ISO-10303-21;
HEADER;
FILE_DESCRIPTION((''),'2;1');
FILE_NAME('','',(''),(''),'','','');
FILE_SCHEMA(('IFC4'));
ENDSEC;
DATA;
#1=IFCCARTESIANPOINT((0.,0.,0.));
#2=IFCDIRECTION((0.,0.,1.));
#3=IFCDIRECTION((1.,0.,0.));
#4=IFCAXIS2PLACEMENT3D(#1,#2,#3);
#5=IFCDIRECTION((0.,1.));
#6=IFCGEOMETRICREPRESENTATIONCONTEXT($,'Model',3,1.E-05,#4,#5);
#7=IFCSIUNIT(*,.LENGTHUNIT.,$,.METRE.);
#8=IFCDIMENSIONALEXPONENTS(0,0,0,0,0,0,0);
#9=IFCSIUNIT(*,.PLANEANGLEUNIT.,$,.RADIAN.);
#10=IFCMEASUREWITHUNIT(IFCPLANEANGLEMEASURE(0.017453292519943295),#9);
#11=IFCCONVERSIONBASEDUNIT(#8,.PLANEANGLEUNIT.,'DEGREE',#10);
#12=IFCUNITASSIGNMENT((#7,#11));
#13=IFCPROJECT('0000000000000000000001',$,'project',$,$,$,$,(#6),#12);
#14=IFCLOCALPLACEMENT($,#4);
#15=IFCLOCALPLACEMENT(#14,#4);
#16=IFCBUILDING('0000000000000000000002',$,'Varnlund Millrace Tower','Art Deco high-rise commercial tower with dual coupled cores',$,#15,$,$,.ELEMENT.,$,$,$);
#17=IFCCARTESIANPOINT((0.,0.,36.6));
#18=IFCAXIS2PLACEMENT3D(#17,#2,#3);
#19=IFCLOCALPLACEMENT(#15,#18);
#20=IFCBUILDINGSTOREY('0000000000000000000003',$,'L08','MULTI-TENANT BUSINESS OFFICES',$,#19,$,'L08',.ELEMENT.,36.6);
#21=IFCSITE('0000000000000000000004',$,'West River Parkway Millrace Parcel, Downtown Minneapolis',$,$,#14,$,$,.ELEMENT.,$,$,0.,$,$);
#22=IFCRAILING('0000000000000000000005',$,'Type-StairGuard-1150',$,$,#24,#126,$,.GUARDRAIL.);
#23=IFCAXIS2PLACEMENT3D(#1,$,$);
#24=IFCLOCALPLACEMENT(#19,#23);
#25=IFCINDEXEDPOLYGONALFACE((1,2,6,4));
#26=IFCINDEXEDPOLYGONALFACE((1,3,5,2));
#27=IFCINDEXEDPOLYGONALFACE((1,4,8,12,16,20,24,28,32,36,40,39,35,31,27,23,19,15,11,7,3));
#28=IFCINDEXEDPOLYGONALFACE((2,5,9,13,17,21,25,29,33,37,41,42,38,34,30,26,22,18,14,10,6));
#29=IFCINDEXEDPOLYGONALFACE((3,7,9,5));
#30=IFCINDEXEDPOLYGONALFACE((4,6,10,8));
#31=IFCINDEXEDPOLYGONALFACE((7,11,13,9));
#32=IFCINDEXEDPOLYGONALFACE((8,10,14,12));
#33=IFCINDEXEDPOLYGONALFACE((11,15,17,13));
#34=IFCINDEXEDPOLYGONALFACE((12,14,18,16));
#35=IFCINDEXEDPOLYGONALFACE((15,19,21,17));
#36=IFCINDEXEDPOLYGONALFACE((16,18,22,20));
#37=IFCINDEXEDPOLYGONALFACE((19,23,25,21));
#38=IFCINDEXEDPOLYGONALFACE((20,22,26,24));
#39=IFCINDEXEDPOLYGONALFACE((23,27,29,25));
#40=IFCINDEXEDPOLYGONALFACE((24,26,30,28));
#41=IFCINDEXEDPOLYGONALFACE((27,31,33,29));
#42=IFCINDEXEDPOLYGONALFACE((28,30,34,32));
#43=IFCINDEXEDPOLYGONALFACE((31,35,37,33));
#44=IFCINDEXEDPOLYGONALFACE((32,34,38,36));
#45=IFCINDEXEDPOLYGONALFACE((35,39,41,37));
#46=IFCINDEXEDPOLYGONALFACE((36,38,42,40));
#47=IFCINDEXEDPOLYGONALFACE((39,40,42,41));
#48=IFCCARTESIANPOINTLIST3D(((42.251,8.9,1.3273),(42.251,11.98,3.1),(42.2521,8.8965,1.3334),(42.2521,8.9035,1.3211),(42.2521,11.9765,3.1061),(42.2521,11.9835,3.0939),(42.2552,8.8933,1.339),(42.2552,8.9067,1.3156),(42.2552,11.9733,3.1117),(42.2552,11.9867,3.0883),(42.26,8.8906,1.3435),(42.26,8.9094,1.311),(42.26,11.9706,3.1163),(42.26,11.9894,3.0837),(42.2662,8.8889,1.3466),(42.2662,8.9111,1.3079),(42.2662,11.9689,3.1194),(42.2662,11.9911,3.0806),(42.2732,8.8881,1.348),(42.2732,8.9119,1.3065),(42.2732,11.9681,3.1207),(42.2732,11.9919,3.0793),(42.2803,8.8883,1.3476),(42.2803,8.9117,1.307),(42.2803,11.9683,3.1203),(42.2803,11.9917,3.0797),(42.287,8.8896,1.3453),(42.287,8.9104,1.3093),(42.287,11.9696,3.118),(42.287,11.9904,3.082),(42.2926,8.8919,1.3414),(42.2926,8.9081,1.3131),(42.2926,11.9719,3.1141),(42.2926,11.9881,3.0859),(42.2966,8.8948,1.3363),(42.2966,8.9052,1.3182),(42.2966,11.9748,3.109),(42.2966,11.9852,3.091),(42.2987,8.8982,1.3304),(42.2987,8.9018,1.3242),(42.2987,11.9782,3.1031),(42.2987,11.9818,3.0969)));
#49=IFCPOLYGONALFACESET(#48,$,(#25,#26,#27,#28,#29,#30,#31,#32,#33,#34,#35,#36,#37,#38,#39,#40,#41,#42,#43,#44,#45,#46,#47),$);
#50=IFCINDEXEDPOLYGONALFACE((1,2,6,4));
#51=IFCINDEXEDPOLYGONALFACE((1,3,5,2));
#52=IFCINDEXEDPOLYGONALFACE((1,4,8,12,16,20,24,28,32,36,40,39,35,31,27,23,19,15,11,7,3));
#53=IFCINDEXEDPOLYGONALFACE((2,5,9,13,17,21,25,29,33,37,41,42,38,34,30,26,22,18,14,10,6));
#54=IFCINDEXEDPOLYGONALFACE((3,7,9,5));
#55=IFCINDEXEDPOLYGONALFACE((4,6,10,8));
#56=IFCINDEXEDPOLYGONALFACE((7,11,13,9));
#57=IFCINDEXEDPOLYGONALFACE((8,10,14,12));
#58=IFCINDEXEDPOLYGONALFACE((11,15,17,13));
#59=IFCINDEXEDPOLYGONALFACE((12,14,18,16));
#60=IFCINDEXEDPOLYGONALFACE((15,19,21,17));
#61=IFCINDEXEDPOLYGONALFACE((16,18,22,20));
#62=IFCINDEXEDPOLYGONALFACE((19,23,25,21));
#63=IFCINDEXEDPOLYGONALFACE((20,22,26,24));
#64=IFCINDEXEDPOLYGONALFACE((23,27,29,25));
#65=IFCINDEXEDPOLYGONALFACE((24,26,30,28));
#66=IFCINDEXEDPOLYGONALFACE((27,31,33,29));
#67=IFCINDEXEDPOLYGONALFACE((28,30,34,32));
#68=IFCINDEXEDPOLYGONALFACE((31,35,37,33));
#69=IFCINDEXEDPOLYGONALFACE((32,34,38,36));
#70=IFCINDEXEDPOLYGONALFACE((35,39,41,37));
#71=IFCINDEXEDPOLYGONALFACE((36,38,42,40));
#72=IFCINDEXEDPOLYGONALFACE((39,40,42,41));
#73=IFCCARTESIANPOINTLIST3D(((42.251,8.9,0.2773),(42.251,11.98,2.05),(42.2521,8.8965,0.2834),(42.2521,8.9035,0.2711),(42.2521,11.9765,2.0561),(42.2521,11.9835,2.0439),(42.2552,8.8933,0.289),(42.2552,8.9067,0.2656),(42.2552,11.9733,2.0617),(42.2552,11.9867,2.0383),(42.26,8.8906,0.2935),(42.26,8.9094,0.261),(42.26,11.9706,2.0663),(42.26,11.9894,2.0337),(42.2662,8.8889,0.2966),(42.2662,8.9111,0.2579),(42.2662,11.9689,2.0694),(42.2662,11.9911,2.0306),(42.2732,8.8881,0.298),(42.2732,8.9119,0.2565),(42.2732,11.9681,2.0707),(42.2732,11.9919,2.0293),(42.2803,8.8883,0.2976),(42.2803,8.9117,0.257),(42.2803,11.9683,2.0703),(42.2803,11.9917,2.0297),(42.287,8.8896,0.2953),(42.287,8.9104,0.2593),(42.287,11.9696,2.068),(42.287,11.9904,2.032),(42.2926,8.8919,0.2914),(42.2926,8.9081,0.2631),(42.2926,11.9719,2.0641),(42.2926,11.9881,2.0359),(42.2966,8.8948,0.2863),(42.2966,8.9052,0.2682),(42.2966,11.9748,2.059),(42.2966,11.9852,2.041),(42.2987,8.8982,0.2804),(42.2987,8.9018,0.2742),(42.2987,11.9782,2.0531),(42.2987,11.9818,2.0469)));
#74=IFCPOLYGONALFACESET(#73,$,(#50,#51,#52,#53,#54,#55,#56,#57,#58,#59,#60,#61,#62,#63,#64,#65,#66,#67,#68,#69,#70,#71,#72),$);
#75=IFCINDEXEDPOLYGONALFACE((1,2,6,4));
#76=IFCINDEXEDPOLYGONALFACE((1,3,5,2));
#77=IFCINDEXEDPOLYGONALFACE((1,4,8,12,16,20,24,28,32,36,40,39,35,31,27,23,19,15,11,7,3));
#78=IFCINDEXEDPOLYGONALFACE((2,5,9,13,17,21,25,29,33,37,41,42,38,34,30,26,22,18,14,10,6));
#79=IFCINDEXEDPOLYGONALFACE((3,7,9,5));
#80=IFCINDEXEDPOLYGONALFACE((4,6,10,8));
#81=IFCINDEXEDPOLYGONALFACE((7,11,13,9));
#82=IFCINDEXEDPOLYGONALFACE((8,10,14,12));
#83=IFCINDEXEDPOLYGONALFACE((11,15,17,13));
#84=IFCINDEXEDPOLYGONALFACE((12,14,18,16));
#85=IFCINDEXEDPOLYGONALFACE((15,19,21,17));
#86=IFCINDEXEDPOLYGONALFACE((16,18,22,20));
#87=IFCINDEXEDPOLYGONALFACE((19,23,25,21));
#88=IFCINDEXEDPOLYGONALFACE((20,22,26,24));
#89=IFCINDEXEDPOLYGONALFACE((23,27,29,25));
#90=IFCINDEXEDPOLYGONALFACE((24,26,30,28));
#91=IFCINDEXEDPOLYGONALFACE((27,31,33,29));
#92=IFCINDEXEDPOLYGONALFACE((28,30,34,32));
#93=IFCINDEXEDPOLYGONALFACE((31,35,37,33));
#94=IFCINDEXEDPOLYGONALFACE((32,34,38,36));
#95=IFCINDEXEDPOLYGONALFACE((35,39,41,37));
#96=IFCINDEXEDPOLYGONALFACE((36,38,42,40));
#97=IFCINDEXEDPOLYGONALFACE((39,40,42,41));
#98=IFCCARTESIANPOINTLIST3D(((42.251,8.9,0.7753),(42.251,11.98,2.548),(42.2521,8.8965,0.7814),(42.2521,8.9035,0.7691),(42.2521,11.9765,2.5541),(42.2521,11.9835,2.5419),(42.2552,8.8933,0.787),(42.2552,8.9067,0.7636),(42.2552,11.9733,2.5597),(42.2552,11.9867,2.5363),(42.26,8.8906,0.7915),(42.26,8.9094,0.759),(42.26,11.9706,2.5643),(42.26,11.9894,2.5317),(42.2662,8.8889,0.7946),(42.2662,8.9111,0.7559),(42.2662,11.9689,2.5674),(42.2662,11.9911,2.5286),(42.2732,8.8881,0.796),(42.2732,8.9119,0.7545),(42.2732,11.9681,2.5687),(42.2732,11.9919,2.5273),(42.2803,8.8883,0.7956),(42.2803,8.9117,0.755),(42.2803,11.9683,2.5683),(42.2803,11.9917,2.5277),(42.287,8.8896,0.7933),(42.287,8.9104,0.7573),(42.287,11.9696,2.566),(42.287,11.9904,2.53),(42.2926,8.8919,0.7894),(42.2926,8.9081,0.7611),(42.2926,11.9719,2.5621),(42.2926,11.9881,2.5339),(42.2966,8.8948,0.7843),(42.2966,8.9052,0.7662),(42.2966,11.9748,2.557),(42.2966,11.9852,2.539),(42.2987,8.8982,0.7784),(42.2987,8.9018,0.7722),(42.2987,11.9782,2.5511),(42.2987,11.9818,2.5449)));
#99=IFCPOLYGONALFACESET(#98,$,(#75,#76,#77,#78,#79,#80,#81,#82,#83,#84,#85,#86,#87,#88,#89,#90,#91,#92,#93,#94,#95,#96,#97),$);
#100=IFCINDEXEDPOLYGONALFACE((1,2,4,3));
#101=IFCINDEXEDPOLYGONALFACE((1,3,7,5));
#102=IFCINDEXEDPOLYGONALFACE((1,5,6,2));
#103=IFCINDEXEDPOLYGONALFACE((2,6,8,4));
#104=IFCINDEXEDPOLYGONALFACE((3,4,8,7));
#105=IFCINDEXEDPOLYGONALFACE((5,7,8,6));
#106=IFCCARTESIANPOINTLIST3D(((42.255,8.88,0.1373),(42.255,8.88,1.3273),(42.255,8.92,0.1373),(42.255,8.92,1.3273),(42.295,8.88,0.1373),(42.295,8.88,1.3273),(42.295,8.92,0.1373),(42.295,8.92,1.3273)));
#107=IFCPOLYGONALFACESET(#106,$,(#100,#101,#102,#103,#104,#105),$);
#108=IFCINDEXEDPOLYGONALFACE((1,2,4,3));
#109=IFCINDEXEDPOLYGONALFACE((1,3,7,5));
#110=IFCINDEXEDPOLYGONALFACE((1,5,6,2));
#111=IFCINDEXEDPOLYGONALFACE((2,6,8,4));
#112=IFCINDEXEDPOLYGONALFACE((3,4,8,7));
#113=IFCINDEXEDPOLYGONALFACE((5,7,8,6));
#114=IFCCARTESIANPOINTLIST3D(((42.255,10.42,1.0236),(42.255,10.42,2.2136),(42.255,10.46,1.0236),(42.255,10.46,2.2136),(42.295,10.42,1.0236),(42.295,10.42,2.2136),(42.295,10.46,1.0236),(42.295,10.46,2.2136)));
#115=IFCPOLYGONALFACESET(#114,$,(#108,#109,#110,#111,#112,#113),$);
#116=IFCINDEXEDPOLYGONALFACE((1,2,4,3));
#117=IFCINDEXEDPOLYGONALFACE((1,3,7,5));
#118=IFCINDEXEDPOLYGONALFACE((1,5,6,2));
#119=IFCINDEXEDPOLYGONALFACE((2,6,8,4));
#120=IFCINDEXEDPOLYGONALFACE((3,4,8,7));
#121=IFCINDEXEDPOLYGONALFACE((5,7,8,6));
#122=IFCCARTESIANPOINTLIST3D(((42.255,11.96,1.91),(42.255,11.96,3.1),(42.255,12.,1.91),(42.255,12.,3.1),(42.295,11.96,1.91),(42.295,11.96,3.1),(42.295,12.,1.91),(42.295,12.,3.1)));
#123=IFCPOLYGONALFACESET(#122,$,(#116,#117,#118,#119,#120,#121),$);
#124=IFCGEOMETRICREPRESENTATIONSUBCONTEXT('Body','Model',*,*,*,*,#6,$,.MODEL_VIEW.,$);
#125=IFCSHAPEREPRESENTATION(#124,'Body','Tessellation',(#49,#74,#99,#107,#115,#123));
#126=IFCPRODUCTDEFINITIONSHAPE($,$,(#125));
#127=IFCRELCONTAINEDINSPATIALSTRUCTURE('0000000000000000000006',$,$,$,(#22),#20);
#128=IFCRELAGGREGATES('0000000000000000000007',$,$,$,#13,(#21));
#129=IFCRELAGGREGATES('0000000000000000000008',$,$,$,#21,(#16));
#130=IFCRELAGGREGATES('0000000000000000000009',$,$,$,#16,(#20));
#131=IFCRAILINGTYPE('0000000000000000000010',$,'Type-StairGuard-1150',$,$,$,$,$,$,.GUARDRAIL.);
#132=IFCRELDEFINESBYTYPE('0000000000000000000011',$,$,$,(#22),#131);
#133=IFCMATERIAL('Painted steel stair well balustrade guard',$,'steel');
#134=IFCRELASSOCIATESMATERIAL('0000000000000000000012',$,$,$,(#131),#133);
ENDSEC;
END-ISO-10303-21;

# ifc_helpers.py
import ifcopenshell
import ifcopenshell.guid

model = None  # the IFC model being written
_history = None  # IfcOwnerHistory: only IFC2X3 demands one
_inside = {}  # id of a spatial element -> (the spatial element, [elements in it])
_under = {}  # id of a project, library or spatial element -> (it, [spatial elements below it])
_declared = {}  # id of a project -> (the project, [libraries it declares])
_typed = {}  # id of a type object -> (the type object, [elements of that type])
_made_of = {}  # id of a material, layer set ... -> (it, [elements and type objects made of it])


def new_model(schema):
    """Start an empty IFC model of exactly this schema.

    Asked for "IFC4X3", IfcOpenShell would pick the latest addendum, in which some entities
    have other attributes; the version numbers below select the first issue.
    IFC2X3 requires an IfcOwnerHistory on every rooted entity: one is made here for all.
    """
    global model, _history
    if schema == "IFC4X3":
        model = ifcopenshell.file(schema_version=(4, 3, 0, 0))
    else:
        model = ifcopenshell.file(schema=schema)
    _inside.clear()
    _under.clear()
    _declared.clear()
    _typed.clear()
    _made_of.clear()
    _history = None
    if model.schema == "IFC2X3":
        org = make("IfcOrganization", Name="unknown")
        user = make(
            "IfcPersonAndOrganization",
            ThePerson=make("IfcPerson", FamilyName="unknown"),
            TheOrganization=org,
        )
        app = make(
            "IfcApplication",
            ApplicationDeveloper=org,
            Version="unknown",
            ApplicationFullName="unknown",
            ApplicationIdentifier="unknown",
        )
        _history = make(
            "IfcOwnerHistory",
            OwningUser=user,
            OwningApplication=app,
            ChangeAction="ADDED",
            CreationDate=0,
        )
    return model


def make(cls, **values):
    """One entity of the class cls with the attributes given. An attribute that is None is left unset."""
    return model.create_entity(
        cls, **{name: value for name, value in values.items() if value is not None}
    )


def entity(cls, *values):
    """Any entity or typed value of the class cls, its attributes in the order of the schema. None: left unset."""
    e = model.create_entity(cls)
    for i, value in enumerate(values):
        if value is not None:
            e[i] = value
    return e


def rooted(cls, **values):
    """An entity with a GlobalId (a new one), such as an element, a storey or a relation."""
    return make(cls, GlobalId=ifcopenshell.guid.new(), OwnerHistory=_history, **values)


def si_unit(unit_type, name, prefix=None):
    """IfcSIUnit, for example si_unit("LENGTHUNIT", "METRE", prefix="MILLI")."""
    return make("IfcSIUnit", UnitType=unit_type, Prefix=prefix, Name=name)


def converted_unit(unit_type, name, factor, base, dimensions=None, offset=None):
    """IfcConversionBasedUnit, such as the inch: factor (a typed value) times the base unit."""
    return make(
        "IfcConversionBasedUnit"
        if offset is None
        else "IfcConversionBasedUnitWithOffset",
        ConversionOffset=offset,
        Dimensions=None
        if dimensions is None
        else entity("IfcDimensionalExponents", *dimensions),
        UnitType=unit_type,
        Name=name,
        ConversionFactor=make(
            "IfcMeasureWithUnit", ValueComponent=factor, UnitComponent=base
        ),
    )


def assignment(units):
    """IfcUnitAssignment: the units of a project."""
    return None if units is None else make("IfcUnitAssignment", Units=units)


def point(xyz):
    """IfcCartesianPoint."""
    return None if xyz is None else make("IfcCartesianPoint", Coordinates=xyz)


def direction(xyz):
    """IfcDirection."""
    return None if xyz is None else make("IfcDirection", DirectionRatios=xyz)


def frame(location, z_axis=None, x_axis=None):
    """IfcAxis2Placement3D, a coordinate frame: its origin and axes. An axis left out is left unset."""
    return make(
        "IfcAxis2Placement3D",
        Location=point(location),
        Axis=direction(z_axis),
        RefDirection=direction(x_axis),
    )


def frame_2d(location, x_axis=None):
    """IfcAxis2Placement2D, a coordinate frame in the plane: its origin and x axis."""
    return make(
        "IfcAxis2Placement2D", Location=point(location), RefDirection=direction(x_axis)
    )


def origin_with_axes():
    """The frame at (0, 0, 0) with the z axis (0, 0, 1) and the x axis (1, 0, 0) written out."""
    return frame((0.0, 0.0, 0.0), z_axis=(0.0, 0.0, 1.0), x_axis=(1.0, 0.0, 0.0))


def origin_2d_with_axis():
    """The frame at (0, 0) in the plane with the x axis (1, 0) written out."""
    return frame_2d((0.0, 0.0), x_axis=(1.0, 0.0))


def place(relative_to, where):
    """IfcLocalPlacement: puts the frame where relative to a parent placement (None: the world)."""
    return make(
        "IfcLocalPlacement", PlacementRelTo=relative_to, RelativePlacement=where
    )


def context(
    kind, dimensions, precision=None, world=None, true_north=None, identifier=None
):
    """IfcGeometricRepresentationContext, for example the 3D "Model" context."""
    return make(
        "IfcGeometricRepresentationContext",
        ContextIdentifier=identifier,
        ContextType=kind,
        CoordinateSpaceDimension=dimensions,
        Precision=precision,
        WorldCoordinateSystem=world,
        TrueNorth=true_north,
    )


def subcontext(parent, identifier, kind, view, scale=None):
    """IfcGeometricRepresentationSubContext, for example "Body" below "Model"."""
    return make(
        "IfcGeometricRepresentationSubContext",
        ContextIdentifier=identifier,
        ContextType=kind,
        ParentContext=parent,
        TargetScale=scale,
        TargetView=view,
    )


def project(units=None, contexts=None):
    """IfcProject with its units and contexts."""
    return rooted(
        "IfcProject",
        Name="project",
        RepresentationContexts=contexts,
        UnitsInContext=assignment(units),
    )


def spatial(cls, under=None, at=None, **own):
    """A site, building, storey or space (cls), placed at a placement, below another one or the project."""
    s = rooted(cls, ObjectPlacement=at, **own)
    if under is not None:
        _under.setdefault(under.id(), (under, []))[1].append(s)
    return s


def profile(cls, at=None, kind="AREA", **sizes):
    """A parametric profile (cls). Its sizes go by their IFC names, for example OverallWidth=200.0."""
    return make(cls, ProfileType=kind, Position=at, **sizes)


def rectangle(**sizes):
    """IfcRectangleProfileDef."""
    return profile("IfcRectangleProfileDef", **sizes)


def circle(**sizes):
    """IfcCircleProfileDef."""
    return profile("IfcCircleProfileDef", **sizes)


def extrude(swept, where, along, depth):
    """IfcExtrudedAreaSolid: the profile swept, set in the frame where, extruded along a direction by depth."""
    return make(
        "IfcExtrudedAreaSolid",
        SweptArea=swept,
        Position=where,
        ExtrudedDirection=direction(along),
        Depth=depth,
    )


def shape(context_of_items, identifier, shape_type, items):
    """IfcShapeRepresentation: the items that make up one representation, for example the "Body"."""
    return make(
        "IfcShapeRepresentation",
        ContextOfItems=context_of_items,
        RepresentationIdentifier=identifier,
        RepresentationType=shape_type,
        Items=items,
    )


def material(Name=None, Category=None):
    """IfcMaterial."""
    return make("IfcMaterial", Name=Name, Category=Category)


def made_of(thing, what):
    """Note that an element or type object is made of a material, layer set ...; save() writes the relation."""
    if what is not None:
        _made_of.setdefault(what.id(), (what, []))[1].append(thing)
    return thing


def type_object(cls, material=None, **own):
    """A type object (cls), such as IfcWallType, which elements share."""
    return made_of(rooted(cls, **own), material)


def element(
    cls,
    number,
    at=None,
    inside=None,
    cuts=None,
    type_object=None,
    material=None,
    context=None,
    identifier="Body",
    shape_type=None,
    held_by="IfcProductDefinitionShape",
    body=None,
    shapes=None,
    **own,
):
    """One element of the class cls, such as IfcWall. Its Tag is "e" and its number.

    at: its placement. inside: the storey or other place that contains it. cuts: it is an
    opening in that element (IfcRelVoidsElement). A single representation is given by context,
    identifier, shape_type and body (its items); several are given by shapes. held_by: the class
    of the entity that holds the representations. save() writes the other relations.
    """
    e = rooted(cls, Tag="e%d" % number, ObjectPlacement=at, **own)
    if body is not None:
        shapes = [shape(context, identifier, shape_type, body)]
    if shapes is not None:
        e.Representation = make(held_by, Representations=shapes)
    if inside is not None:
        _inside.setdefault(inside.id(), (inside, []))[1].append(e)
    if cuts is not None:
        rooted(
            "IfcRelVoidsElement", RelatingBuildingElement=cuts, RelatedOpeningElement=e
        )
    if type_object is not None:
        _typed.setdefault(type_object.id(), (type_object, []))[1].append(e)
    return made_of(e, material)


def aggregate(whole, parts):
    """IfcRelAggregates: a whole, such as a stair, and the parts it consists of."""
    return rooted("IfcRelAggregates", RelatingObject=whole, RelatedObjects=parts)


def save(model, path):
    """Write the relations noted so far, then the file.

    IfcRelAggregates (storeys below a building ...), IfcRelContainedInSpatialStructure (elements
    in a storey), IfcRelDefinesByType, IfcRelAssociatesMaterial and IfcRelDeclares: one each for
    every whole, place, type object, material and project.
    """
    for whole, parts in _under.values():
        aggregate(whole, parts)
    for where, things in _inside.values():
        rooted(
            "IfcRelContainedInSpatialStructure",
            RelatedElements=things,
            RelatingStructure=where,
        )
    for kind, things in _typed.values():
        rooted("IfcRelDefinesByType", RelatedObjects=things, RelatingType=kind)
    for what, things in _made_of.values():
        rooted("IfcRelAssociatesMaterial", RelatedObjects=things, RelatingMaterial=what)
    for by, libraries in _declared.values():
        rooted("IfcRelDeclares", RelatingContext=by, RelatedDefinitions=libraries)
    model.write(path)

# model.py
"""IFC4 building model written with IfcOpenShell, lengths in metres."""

from ifc_helpers import new_model, entity, si_unit, converted_unit, direction, frame, origin_with_axes, origin_2d_with_axis, place, context, subcontext, project, spatial, rectangle, circle, extrude, material, type_object, element, save


model = new_model("IFC4")

# Units and contexts
model_context = context("Model", 3, precision=1e-05, world=origin_with_axes(), true_north=direction((0.0, 1.0)))
body_context = subcontext(model_context, "Body", "Model", "MODEL_VIEW")
ifc_project = project(units=[si_unit("LENGTHUNIT", "METRE"), converted_unit("PLANEANGLEUNIT", "DEGREE", entity("IfcPlaneAngleMeasure", 0.017453292519943295), si_unit("PLANEANGLEUNIT", "RADIAN"), dimensions=[0, 0, 0, 0, 0, 0, 0])], contexts=[model_context])

# Site, building, storey
site_placement = place(None, origin_with_axes())
site = spatial("IfcSite", under=ifc_project, at=site_placement, Name="West River Parkway Millrace Parcel, Downtown Minneapolis", CompositionType="ELEMENT", RefElevation=0.0)
building_placement = place(site_placement, origin_with_axes())
building = spatial("IfcBuilding", under=site, at=building_placement, Name="Varnlund Millrace Tower", Description="Art Deco high-rise commercial tower with dual coupled cores", CompositionType="ELEMENT")
storey_placement = place(building_placement, frame((0.0, 0.0, 36.6), z_axis=(0.0, 0.0, 1.0), x_axis=(1.0, 0.0, 0.0)))
storey = spatial("IfcBuildingStorey", under=building, at=storey_placement, Name="L08", Description="MULTI-TENANT BUSINESS OFFICES", LongName="L08", CompositionType="ELEMENT", Elevation=36.6)

# Railing
ifc_material_1 = material(Name="Painted steel stair well balustrade guard", Category="steel")
railing_type_1 = type_object("IfcRailingType", Name="Type-StairGuard-1150", PredefinedType="GUARDRAIL", material=ifc_material_1)
railing_1_placement = place(storey_placement, frame((0.0, 0.0, -36.6), z_axis=(0.0, 0.0, 1.0), x_axis=(1.0, 0.0, 0.0)))
element("IfcRailing", 1, at=railing_1_placement, inside=storey, type_object=railing_type_1, Name="Type-StairGuard-1150", PredefinedType="GUARDRAIL", context=body_context, shape_type="SweptSolid", body=[
    extrude(circle(Radius=0.024, at=origin_2d_with_axis()), frame((42.275, 8.9, 37.9273), z_axis=(0.0, 0.866696, 0.498836), x_axis=(-1.0, 0.0, 0.0)), (0.0, 0.0, 1.0), 3.5537),
    extrude(circle(Radius=0.024, at=origin_2d_with_axis()), frame((42.275, 8.9, 36.8773), z_axis=(0.0, 0.866696, 0.498836), x_axis=(-1.0, 0.0, 0.0)), (0.0, 0.0, 1.0), 3.5537),
    extrude(circle(Radius=0.024, at=origin_2d_with_axis()), frame((42.275, 8.9, 37.3753), z_axis=(0.0, 0.866696, 0.498836), x_axis=(-1.0, 0.0, 0.0)), (0.0, 0.0, 1.0), 3.5537),
    extrude(rectangle(XDim=0.04, YDim=0.04, at=origin_2d_with_axis()), frame((42.275, 8.9, 36.7373), z_axis=(0.0, 0.0, 1.0), x_axis=(1.0, 0.0, 0.0)), (0.0, 0.0, 1.0), 1.19),
    extrude(rectangle(XDim=0.04, YDim=0.04, at=origin_2d_with_axis()), frame((42.275, 10.44, 37.6236), z_axis=(0.0, 0.0, 1.0), x_axis=(1.0, 0.0, 0.0)), (0.0, 0.0, 1.0), 1.19),
    extrude(rectangle(XDim=0.04, YDim=0.04, at=origin_2d_with_axis()), frame((42.275, 11.98, 38.51), z_axis=(0.0, 0.0, 1.0), x_axis=(1.0, 0.0, 0.0)), (0.0, 0.0, 1.0), 1.19),
])

save(model, "model.ifc")
